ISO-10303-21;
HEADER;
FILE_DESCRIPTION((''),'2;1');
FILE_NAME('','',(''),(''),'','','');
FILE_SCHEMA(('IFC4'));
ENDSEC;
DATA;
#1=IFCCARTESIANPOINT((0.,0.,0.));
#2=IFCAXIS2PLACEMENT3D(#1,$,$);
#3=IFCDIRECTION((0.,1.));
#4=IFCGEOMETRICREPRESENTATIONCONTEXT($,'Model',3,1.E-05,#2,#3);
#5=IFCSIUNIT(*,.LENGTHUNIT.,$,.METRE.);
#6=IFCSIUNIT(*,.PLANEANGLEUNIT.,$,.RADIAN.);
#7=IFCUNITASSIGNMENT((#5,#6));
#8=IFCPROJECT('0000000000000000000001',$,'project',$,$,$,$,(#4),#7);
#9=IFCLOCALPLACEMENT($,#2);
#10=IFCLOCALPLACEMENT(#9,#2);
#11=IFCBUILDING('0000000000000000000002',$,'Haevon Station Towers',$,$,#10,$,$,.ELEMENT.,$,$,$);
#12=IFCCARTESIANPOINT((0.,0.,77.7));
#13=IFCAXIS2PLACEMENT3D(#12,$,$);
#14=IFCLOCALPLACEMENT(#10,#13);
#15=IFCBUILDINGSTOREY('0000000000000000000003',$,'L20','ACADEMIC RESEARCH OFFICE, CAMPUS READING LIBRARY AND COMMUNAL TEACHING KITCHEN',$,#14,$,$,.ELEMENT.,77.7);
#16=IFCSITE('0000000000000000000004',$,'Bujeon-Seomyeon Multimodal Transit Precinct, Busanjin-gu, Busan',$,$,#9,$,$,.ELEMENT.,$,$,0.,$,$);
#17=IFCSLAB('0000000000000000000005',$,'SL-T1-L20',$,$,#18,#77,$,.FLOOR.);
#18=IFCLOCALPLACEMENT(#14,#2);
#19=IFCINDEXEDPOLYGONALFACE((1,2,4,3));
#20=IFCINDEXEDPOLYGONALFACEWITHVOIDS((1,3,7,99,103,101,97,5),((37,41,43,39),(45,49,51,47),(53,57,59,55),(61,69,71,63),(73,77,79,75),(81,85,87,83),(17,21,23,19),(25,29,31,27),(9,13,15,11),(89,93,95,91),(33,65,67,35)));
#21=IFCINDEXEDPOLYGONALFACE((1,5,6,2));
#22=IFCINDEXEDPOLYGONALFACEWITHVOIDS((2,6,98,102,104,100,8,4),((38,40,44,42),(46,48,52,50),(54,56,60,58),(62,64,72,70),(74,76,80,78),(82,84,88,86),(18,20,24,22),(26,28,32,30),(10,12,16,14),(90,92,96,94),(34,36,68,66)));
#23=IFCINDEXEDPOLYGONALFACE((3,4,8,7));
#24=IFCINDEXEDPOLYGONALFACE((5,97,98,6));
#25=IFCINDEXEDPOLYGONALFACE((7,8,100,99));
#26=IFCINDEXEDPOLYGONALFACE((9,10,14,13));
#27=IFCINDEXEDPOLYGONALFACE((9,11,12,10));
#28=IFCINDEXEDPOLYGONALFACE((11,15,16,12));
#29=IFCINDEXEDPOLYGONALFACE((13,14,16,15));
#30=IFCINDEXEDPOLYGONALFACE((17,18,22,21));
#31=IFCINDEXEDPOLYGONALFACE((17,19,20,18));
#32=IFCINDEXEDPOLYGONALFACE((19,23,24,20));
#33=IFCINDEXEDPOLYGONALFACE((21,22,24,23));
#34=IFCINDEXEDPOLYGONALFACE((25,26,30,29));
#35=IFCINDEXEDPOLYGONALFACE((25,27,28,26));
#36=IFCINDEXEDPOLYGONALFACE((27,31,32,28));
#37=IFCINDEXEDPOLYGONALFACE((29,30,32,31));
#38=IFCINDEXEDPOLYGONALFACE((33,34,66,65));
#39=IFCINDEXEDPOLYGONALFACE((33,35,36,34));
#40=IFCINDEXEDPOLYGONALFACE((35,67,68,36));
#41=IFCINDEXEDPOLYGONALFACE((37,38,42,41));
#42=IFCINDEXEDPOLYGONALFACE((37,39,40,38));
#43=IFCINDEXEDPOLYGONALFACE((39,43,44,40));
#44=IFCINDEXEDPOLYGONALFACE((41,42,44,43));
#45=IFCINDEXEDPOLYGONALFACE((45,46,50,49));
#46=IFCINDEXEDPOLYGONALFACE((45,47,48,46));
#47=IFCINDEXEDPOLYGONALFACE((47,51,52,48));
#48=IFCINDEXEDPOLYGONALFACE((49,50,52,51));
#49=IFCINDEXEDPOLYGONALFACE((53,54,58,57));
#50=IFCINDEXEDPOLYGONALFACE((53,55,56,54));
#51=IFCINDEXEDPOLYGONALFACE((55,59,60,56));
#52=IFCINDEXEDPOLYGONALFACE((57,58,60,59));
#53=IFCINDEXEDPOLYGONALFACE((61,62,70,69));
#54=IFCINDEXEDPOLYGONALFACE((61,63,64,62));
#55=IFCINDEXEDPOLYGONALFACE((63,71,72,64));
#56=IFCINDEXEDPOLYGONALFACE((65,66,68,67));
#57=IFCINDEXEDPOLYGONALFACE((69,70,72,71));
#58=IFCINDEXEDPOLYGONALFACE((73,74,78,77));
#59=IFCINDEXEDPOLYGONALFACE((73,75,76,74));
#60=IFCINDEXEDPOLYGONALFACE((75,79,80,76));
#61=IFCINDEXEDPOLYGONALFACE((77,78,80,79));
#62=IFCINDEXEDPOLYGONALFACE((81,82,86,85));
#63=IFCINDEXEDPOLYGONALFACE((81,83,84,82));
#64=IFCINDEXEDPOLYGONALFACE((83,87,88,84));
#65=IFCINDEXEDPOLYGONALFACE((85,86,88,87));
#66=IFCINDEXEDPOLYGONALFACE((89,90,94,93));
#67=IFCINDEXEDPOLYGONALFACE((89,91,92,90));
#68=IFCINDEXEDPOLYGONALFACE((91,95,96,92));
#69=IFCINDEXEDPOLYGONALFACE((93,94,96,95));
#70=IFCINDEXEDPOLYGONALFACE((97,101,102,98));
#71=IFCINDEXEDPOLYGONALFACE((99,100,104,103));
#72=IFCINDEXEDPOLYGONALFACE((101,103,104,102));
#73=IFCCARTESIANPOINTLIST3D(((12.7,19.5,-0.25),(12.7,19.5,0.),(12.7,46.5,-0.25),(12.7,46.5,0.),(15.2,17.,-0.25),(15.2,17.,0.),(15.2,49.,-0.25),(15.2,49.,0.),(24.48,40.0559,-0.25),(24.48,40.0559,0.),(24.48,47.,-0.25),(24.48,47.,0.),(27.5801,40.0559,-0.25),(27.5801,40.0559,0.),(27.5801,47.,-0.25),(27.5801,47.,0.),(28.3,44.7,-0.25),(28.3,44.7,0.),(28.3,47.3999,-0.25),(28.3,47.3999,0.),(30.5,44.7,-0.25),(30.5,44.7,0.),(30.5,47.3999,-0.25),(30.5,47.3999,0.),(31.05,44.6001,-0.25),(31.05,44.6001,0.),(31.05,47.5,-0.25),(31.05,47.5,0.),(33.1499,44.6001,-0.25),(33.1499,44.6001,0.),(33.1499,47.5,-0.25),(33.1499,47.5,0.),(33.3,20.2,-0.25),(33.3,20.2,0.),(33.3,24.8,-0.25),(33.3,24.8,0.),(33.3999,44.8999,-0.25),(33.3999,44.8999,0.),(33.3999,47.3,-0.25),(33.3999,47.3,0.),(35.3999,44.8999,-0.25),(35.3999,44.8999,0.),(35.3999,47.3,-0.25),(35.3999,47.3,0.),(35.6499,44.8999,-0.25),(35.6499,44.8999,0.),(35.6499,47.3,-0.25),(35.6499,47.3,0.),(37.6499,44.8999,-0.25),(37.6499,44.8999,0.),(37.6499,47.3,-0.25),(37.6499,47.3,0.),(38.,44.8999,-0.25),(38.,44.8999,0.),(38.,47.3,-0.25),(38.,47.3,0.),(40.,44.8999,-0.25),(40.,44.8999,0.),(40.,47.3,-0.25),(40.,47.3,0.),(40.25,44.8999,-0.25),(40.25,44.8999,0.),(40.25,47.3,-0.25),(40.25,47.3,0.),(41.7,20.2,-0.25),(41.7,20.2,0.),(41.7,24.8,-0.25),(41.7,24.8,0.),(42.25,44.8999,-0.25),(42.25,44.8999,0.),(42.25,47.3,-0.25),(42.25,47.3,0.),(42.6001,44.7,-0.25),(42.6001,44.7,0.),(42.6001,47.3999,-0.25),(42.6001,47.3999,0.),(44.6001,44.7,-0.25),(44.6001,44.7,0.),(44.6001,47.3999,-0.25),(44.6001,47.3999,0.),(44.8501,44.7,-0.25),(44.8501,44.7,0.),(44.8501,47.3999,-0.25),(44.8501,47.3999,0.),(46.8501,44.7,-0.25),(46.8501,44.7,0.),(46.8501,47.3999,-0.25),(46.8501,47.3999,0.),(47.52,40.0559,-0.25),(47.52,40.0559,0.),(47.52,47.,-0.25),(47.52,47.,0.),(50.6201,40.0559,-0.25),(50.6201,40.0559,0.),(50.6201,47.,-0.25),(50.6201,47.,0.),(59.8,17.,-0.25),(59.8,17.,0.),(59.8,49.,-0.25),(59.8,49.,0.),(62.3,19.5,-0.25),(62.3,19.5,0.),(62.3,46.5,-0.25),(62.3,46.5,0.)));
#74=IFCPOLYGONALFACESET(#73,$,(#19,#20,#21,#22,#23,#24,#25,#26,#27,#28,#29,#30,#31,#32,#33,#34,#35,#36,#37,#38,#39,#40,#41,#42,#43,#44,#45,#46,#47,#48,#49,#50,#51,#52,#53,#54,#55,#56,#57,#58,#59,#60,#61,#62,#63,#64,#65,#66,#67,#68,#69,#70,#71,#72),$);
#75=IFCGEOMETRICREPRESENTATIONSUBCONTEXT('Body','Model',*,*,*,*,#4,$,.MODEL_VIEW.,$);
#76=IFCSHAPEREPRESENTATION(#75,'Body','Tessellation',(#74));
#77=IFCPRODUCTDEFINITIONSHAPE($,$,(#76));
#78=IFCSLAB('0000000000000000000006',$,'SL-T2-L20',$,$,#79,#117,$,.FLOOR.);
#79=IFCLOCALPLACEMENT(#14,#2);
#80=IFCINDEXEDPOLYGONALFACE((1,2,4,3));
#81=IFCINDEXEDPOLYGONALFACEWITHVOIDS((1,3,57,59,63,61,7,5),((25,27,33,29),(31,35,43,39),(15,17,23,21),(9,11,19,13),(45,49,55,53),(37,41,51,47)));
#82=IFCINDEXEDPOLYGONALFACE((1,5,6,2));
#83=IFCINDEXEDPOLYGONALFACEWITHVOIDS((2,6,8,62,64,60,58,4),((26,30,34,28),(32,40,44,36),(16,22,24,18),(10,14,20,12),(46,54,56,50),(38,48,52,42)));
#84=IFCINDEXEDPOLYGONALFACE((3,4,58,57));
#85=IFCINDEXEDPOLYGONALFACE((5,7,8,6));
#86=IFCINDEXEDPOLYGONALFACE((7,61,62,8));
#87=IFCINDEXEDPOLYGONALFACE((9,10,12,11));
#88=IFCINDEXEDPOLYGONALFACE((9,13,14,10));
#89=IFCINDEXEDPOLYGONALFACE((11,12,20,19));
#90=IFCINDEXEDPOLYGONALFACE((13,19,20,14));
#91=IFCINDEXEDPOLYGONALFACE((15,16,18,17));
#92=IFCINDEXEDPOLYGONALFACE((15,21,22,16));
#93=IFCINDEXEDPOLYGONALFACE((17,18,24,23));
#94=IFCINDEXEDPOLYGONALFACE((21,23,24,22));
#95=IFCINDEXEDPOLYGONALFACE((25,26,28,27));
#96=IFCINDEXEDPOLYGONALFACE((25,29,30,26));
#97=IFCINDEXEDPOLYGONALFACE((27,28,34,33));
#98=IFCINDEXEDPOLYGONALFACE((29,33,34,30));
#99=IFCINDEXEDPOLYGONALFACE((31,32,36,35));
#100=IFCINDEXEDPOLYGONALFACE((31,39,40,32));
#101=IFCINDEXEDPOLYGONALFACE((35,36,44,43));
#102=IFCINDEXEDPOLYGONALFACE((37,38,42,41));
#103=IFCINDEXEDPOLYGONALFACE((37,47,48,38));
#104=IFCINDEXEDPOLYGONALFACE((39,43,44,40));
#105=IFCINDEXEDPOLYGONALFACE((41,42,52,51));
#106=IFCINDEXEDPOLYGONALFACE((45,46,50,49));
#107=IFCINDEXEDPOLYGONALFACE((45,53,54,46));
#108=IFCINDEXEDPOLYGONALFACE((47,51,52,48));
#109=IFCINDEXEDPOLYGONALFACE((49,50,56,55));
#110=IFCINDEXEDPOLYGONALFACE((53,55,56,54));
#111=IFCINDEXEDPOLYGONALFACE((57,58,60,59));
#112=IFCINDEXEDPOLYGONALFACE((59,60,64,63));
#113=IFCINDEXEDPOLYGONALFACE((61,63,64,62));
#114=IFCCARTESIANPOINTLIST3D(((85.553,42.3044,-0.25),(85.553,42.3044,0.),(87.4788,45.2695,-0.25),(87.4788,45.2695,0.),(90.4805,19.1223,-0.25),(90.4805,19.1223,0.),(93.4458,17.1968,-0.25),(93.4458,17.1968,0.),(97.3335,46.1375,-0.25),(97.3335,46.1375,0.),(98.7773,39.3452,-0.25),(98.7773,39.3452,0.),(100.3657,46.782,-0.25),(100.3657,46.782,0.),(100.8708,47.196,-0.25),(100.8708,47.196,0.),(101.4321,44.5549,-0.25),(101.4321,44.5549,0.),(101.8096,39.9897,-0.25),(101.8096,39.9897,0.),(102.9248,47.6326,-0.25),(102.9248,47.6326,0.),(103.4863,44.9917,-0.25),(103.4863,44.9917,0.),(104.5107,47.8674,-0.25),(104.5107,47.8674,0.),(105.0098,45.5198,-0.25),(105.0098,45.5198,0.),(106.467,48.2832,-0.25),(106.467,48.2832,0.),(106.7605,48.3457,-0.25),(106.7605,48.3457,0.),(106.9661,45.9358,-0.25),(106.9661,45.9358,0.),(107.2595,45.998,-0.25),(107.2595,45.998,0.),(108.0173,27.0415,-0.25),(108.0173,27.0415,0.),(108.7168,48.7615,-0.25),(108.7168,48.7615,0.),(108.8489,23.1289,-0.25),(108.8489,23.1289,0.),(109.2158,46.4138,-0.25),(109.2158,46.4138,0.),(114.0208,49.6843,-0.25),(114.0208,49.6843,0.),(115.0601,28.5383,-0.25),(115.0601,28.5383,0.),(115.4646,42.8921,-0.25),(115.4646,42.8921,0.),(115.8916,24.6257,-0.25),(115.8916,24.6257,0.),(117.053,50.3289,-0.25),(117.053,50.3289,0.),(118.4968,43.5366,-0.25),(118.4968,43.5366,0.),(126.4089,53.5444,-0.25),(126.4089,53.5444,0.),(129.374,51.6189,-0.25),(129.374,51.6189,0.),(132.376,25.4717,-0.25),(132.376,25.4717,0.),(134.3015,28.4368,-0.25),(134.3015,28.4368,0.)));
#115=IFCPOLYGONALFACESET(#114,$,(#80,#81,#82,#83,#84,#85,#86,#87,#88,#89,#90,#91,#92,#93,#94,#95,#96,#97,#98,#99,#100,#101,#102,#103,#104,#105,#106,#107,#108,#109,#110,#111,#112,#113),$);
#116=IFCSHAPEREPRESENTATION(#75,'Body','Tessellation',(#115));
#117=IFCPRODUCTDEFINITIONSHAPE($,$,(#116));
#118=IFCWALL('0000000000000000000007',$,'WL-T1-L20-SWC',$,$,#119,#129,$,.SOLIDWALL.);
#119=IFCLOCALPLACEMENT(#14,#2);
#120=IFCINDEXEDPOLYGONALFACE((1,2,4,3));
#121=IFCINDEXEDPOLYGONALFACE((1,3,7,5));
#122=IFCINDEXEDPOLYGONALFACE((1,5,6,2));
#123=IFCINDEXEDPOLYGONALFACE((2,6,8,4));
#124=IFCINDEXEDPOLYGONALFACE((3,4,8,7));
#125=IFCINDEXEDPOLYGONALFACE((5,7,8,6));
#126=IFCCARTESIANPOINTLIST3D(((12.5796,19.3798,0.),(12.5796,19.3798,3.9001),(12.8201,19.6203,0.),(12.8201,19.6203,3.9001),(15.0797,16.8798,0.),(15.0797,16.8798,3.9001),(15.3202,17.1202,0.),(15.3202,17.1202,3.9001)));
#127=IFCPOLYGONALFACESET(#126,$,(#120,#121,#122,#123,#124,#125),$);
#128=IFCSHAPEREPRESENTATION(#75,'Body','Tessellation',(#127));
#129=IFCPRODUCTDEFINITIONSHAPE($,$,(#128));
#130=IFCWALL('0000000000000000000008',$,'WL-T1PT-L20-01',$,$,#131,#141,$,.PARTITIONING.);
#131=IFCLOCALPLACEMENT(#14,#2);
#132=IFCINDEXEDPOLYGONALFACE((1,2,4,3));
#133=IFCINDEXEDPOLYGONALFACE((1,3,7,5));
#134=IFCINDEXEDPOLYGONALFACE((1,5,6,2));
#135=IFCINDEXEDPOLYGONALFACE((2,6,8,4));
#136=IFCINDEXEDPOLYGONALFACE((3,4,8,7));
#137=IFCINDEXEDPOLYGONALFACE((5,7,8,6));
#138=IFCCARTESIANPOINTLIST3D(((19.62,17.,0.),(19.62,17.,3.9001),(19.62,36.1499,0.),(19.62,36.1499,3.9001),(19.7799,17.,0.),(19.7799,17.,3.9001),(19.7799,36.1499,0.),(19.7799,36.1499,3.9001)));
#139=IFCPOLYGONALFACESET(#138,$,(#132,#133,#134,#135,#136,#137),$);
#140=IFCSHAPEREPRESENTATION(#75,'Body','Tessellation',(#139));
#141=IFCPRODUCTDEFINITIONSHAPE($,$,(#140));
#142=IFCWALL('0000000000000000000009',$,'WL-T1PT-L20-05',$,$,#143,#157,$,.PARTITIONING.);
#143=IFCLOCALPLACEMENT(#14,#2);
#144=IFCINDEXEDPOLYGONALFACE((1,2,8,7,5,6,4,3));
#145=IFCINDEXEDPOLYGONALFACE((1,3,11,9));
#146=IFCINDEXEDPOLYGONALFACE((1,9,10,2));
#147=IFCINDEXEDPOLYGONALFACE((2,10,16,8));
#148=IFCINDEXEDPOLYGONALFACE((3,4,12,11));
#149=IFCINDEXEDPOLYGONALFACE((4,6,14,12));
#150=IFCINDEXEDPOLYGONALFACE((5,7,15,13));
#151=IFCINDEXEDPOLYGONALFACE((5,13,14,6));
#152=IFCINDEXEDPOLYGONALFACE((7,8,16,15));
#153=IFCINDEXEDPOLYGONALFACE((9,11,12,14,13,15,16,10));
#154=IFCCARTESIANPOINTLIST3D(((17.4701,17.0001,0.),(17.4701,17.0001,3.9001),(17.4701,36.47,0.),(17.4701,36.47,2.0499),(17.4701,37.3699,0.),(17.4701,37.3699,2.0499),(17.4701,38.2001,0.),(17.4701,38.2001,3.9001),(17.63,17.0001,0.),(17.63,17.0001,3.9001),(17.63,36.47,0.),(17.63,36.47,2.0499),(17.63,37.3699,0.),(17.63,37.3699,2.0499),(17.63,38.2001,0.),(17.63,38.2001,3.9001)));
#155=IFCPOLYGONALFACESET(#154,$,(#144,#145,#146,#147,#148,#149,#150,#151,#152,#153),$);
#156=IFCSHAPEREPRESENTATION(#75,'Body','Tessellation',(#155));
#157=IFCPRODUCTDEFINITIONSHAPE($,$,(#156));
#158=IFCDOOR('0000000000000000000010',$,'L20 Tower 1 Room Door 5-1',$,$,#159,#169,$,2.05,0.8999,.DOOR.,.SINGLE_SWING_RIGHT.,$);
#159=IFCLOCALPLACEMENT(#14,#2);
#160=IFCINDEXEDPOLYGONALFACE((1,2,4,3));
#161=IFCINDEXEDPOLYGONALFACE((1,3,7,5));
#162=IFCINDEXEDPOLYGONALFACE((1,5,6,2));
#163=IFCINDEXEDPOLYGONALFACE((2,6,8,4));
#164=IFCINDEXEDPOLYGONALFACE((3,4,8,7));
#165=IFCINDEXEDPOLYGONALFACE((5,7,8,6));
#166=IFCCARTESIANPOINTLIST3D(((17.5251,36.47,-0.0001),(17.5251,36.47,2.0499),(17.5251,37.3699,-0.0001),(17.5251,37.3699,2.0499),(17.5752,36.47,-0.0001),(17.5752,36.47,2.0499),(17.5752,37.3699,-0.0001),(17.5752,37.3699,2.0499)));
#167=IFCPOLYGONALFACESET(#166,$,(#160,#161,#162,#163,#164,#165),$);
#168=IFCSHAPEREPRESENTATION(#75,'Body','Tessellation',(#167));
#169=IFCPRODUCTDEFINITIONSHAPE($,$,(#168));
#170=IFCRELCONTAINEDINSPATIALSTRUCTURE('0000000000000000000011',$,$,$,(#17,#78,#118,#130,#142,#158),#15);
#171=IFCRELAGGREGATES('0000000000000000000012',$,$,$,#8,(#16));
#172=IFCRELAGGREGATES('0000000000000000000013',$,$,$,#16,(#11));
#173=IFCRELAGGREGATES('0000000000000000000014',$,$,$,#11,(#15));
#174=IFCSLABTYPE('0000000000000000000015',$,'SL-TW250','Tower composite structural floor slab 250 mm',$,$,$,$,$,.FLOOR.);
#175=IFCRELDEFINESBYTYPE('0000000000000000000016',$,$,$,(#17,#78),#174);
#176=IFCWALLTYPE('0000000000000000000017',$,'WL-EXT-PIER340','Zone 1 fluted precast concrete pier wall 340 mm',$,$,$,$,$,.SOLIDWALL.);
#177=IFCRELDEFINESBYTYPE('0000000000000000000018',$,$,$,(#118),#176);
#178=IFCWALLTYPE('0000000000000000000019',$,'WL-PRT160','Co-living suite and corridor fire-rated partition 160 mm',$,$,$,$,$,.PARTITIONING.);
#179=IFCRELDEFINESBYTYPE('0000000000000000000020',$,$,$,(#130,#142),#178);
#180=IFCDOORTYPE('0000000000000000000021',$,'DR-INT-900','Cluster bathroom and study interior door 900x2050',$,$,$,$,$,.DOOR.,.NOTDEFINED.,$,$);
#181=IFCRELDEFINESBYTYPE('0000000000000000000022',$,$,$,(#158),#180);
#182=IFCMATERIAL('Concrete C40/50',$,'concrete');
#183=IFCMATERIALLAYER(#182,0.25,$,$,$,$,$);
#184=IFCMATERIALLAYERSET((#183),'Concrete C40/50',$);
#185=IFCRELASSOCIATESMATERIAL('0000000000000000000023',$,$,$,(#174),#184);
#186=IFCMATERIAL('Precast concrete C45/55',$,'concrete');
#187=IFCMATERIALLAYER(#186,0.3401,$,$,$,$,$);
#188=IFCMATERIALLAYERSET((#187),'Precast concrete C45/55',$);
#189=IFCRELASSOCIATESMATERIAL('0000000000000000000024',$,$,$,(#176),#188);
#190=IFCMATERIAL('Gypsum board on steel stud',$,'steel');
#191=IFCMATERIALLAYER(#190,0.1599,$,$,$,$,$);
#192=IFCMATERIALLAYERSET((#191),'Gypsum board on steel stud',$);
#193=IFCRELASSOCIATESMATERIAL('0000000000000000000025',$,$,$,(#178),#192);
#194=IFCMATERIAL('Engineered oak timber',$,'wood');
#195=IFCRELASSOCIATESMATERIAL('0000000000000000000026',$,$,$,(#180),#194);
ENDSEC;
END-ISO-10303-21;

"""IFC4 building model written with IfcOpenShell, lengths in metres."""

from ifc_helpers import new_model, si_unit, direction, frame, frame_2d, origin, place, context, subcontext, project, spatial, polyline, rectangle, outline, extrude, material, layer, layer_set, type_object, element, fill, save


model = new_model("IFC4")

# Units and contexts
model_context = context("Model", 3, precision=1e-05, world=origin(), true_north=direction((0.0, 1.0)))
body_context = subcontext(model_context, "Body", "Model", "MODEL_VIEW")
ifc_project = project(units=[si_unit("LENGTHUNIT", "METRE"), si_unit("PLANEANGLEUNIT", "RADIAN")], contexts=[model_context])

# Site, building, storey
site_placement = place(None, origin())
site = spatial("IfcSite", under=ifc_project, at=site_placement, Name="Bujeon-Seomyeon Multimodal Transit Precinct, Busanjin-gu, Busan", CompositionType="ELEMENT", RefElevation=0.0)
building_placement = place(site_placement, origin())
building = spatial("IfcBuilding", under=site, at=building_placement, Name="Haevon Station Towers", CompositionType="ELEMENT")
storey_placement = place(building_placement, frame((0.0, 0.0, 77.7)))
storey = spatial("IfcBuildingStorey", under=building, at=storey_placement, Name="L20", Description="ACADEMIC RESEARCH OFFICE, CAMPUS READING LIBRARY AND COMMUNAL TEACHING KITCHEN", CompositionType="ELEMENT", Elevation=77.7)

# Shared definitions
ifc_material_1 = material(Name="Concrete C40/50", Category="concrete")

# Slabs
ifc_layer_1 = layer(ifc_material_1, 0.25)
ifc_layer_set_1 = layer_set([ifc_layer_1], Name="Concrete C40/50")
slab_type_1 = type_object("IfcSlabType", Name="SL-TW250", Description="Tower composite structural floor slab 250 mm", PredefinedType="FLOOR", material=ifc_layer_set_1)
slab_1_placement = place(storey_placement, frame((0.0, 0.0, -0.25)))
element("IfcSlab", 1, at=slab_1_placement, inside=storey, type_object=slab_type_1, Name="SL-T1-L20", PredefinedType="FLOOR", context=body_context, shape_type="SweptSolid", body=[
    extrude(outline(polyline([(15.2, 17.0), (59.8, 17.0), (62.3, 19.5), (62.3, 46.5), (59.8, 49.0), (15.2, 49.0), (12.7, 46.5), (12.7, 19.5), (15.2, 17.0)]), holes=[polyline([(27.5801, 40.0559), (27.5801, 47.0), (24.48, 47.0), (24.48, 40.0559), (27.5801, 40.0559)]), polyline([(50.6201, 40.0559), (50.6201, 47.0), (47.52, 47.0), (47.52, 40.0559), (50.6201, 40.0559)]), polyline([(28.3, 44.7), (30.5, 44.7), (30.5, 47.3999), (28.3, 47.3999), (28.3, 44.7)]), polyline([(31.05, 44.6001), (33.1499, 44.6001), (33.1499, 47.5), (31.05, 47.5), (31.05, 44.6001)]), polyline([(33.3999, 44.8999), (35.3999, 44.8999), (35.3999, 47.3), (33.3999, 47.3), (33.3999, 44.8999)]), polyline([(35.6499, 44.8999), (37.6499, 44.8999), (37.6499, 47.3), (35.6499, 47.3), (35.6499, 44.8999)]), polyline([(38.0, 44.8999), (40.0, 44.8999), (40.0, 47.3), (38.0, 47.3), (38.0, 44.8999)]), polyline([(40.25, 44.8999), (42.25, 44.8999), (42.25, 47.3), (40.25, 47.3), (40.25, 44.8999)]), polyline([(42.6001, 44.7), (44.6001, 44.7), (44.6001, 47.3999), (42.6001, 47.3999), (42.6001, 44.7)]), polyline([(44.8501, 44.7), (46.8501, 44.7), (46.8501, 47.3999), (44.8501, 47.3999), (44.8501, 44.7)]), polyline([(33.3, 20.2), (41.7, 20.2), (41.7, 24.8), (33.3, 24.8), (33.3, 20.2)])]), origin(), (0.0, 0.0, 1.0), 0.25),
])
slab_2_placement = place(storey_placement, frame((0.0, 0.0, -0.25)))
element("IfcSlab", 2, at=slab_2_placement, inside=storey, type_object=slab_type_1, Name="SL-T2-L20", PredefinedType="FLOOR", context=body_context, shape_type="SweptSolid", body=[
    extrude(outline(polyline([(93.4458, 17.1968), (132.376, 25.4717), (134.3015, 28.4368), (129.374, 51.6189), (126.4089, 53.5444), (87.4788, 45.2695), (85.553, 42.3044), (90.4805, 19.1223), (93.4458, 17.1968)]), holes=[polyline([(101.8096, 39.9897), (100.3657, 46.782), (97.3335, 46.1375), (98.7773, 39.3452), (101.8096, 39.9897)]), polyline([(118.4968, 43.5366), (117.053, 50.3289), (114.0208, 49.6843), (115.4646, 42.8921), (118.4968, 43.5366)]), polyline([(101.4321, 44.5549), (103.4863, 44.9917), (102.9248, 47.6326), (100.8708, 47.196), (101.4321, 44.5549)]), polyline([(105.0098, 45.5198), (106.9661, 45.9358), (106.467, 48.2832), (104.5107, 47.8674), (105.0098, 45.5198)]), polyline([(107.2595, 45.998), (109.2158, 46.4138), (108.7168, 48.7615), (106.7605, 48.3457), (107.2595, 45.998)]), polyline([(108.8489, 23.1289), (115.8916, 24.6257), (115.0601, 28.5383), (108.0173, 27.0415), (108.8489, 23.1289)])]), origin(), (0.0, 0.0, 1.0), 0.25),
])

# Walls
ifc_material_2 = material(Name="Precast concrete C45/55", Category="concrete")
ifc_layer_2 = layer(ifc_material_2, 0.3401)
ifc_layer_set_2 = layer_set([ifc_layer_2], Name="Precast concrete C45/55")
wall_type_1 = type_object("IfcWallType", Name="WL-EXT-PIER340", Description="Zone 1 fluted precast concrete pier wall 340 mm", PredefinedType="SOLIDWALL", material=ifc_layer_set_2)
wall_1_placement = place(storey_placement, frame((15.2, 17.0, 0.0), z_axis=(0.0, 0.0, 1.0), x_axis=(-0.707107, 0.707107, 0.0)))
element("IfcWall", 3, at=wall_1_placement, inside=storey, type_object=wall_type_1, Name="WL-T1-L20-SWC", PredefinedType="SOLIDWALL", context=body_context, shape_type="SweptSolid", body=[
    extrude(rectangle(XDim=3.5356, YDim=0.3401, at=frame_2d((1.7678, 0.0))), origin(), (0.0, 0.0, 1.0), 3.9001),
])
ifc_material_3 = material(Name="Gypsum board on steel stud", Category="steel")
ifc_layer_3 = layer(ifc_material_3, 0.1599)
ifc_layer_set_3 = layer_set([ifc_layer_3], Name="Gypsum board on steel stud")
wall_type_2 = type_object("IfcWallType", Name="WL-PRT160", Description="Co-living suite and corridor fire-rated partition 160 mm", PredefinedType="PARTITIONING", material=ifc_layer_set_3)
wall_2_placement = place(storey_placement, frame((19.7, 17.0, 0.0), z_axis=(0.0, 0.0, 1.0), x_axis=(0.0, 1.0, 0.0)))
element("IfcWall", 4, at=wall_2_placement, inside=storey, type_object=wall_type_2, Name="WL-T1PT-L20-01", PredefinedType="PARTITIONING", context=body_context, shape_type="SweptSolid", body=[
    extrude(rectangle(XDim=19.1499, YDim=0.1599, at=frame_2d((9.575, 0.0))), origin(), (0.0, 0.0, 1.0), 3.9001),
])

# Wall, opening, door
wall_3_placement = place(storey_placement, frame((17.55, 17.0, 0.0), z_axis=(0.0, 0.0, 1.0), x_axis=(0.0, 1.0, 0.0)))
wall_3 = element("IfcWall", 5, at=wall_3_placement, inside=storey, type_object=wall_type_2, Name="WL-T1PT-L20-05", PredefinedType="PARTITIONING", context=body_context, shape_type="SweptSolid", body=[
    extrude(rectangle(XDim=21.2, YDim=0.1599, at=frame_2d((10.6001, 0.0))), origin(), (0.0, 0.0, 1.0), 3.9001),
])
opening_placement = place(wall_3_placement, frame((19.47, 0.0, 0.0)))
opening = element("IfcOpeningElement", 6, at=opening_placement, cuts=wall_3, PredefinedType="OPENING", context=body_context, shape_type="SweptSolid", body=[
    extrude(rectangle(XDim=0.8999, YDim=2.05, at=frame_2d((0.45, 1.0249))), frame((0.0, 0.0898, 0.0), z_axis=(0.0, -1.0, 0.0), x_axis=(1.0, 0.0, 0.0)), (0.0, 0.0, 1.0), 0.1799),
])
ifc_material_4 = material(Name="Engineered oak timber", Category="wood")
door_type = type_object("IfcDoorType", Name="DR-INT-900", Description="Cluster bathroom and study interior door 900x2050", OperationType="NOTDEFINED", PredefinedType="DOOR", material=ifc_material_4)
door_placement = place(opening_placement, origin())
door = element("IfcDoor", 7, at=door_placement, inside=storey, type_object=door_type, Name="L20 Tower 1 Room Door 5-1", OperationType="SINGLE_SWING_RIGHT", OverallHeight=2.05, OverallWidth=0.8999, PredefinedType="DOOR", context=body_context, shape_type="SweptSolid", body=[
    extrude(rectangle(XDim=0.8999, YDim=2.05, at=frame_2d((0.45, 1.0249))), frame((0.0, 0.0249, 0.0), z_axis=(0.0, -1.0, 0.0), x_axis=(1.0, 0.0, 0.0)), (0.0, 0.0, 1.0), 0.05),
])
fill(opening, door)

save(model, "model.ifc")
